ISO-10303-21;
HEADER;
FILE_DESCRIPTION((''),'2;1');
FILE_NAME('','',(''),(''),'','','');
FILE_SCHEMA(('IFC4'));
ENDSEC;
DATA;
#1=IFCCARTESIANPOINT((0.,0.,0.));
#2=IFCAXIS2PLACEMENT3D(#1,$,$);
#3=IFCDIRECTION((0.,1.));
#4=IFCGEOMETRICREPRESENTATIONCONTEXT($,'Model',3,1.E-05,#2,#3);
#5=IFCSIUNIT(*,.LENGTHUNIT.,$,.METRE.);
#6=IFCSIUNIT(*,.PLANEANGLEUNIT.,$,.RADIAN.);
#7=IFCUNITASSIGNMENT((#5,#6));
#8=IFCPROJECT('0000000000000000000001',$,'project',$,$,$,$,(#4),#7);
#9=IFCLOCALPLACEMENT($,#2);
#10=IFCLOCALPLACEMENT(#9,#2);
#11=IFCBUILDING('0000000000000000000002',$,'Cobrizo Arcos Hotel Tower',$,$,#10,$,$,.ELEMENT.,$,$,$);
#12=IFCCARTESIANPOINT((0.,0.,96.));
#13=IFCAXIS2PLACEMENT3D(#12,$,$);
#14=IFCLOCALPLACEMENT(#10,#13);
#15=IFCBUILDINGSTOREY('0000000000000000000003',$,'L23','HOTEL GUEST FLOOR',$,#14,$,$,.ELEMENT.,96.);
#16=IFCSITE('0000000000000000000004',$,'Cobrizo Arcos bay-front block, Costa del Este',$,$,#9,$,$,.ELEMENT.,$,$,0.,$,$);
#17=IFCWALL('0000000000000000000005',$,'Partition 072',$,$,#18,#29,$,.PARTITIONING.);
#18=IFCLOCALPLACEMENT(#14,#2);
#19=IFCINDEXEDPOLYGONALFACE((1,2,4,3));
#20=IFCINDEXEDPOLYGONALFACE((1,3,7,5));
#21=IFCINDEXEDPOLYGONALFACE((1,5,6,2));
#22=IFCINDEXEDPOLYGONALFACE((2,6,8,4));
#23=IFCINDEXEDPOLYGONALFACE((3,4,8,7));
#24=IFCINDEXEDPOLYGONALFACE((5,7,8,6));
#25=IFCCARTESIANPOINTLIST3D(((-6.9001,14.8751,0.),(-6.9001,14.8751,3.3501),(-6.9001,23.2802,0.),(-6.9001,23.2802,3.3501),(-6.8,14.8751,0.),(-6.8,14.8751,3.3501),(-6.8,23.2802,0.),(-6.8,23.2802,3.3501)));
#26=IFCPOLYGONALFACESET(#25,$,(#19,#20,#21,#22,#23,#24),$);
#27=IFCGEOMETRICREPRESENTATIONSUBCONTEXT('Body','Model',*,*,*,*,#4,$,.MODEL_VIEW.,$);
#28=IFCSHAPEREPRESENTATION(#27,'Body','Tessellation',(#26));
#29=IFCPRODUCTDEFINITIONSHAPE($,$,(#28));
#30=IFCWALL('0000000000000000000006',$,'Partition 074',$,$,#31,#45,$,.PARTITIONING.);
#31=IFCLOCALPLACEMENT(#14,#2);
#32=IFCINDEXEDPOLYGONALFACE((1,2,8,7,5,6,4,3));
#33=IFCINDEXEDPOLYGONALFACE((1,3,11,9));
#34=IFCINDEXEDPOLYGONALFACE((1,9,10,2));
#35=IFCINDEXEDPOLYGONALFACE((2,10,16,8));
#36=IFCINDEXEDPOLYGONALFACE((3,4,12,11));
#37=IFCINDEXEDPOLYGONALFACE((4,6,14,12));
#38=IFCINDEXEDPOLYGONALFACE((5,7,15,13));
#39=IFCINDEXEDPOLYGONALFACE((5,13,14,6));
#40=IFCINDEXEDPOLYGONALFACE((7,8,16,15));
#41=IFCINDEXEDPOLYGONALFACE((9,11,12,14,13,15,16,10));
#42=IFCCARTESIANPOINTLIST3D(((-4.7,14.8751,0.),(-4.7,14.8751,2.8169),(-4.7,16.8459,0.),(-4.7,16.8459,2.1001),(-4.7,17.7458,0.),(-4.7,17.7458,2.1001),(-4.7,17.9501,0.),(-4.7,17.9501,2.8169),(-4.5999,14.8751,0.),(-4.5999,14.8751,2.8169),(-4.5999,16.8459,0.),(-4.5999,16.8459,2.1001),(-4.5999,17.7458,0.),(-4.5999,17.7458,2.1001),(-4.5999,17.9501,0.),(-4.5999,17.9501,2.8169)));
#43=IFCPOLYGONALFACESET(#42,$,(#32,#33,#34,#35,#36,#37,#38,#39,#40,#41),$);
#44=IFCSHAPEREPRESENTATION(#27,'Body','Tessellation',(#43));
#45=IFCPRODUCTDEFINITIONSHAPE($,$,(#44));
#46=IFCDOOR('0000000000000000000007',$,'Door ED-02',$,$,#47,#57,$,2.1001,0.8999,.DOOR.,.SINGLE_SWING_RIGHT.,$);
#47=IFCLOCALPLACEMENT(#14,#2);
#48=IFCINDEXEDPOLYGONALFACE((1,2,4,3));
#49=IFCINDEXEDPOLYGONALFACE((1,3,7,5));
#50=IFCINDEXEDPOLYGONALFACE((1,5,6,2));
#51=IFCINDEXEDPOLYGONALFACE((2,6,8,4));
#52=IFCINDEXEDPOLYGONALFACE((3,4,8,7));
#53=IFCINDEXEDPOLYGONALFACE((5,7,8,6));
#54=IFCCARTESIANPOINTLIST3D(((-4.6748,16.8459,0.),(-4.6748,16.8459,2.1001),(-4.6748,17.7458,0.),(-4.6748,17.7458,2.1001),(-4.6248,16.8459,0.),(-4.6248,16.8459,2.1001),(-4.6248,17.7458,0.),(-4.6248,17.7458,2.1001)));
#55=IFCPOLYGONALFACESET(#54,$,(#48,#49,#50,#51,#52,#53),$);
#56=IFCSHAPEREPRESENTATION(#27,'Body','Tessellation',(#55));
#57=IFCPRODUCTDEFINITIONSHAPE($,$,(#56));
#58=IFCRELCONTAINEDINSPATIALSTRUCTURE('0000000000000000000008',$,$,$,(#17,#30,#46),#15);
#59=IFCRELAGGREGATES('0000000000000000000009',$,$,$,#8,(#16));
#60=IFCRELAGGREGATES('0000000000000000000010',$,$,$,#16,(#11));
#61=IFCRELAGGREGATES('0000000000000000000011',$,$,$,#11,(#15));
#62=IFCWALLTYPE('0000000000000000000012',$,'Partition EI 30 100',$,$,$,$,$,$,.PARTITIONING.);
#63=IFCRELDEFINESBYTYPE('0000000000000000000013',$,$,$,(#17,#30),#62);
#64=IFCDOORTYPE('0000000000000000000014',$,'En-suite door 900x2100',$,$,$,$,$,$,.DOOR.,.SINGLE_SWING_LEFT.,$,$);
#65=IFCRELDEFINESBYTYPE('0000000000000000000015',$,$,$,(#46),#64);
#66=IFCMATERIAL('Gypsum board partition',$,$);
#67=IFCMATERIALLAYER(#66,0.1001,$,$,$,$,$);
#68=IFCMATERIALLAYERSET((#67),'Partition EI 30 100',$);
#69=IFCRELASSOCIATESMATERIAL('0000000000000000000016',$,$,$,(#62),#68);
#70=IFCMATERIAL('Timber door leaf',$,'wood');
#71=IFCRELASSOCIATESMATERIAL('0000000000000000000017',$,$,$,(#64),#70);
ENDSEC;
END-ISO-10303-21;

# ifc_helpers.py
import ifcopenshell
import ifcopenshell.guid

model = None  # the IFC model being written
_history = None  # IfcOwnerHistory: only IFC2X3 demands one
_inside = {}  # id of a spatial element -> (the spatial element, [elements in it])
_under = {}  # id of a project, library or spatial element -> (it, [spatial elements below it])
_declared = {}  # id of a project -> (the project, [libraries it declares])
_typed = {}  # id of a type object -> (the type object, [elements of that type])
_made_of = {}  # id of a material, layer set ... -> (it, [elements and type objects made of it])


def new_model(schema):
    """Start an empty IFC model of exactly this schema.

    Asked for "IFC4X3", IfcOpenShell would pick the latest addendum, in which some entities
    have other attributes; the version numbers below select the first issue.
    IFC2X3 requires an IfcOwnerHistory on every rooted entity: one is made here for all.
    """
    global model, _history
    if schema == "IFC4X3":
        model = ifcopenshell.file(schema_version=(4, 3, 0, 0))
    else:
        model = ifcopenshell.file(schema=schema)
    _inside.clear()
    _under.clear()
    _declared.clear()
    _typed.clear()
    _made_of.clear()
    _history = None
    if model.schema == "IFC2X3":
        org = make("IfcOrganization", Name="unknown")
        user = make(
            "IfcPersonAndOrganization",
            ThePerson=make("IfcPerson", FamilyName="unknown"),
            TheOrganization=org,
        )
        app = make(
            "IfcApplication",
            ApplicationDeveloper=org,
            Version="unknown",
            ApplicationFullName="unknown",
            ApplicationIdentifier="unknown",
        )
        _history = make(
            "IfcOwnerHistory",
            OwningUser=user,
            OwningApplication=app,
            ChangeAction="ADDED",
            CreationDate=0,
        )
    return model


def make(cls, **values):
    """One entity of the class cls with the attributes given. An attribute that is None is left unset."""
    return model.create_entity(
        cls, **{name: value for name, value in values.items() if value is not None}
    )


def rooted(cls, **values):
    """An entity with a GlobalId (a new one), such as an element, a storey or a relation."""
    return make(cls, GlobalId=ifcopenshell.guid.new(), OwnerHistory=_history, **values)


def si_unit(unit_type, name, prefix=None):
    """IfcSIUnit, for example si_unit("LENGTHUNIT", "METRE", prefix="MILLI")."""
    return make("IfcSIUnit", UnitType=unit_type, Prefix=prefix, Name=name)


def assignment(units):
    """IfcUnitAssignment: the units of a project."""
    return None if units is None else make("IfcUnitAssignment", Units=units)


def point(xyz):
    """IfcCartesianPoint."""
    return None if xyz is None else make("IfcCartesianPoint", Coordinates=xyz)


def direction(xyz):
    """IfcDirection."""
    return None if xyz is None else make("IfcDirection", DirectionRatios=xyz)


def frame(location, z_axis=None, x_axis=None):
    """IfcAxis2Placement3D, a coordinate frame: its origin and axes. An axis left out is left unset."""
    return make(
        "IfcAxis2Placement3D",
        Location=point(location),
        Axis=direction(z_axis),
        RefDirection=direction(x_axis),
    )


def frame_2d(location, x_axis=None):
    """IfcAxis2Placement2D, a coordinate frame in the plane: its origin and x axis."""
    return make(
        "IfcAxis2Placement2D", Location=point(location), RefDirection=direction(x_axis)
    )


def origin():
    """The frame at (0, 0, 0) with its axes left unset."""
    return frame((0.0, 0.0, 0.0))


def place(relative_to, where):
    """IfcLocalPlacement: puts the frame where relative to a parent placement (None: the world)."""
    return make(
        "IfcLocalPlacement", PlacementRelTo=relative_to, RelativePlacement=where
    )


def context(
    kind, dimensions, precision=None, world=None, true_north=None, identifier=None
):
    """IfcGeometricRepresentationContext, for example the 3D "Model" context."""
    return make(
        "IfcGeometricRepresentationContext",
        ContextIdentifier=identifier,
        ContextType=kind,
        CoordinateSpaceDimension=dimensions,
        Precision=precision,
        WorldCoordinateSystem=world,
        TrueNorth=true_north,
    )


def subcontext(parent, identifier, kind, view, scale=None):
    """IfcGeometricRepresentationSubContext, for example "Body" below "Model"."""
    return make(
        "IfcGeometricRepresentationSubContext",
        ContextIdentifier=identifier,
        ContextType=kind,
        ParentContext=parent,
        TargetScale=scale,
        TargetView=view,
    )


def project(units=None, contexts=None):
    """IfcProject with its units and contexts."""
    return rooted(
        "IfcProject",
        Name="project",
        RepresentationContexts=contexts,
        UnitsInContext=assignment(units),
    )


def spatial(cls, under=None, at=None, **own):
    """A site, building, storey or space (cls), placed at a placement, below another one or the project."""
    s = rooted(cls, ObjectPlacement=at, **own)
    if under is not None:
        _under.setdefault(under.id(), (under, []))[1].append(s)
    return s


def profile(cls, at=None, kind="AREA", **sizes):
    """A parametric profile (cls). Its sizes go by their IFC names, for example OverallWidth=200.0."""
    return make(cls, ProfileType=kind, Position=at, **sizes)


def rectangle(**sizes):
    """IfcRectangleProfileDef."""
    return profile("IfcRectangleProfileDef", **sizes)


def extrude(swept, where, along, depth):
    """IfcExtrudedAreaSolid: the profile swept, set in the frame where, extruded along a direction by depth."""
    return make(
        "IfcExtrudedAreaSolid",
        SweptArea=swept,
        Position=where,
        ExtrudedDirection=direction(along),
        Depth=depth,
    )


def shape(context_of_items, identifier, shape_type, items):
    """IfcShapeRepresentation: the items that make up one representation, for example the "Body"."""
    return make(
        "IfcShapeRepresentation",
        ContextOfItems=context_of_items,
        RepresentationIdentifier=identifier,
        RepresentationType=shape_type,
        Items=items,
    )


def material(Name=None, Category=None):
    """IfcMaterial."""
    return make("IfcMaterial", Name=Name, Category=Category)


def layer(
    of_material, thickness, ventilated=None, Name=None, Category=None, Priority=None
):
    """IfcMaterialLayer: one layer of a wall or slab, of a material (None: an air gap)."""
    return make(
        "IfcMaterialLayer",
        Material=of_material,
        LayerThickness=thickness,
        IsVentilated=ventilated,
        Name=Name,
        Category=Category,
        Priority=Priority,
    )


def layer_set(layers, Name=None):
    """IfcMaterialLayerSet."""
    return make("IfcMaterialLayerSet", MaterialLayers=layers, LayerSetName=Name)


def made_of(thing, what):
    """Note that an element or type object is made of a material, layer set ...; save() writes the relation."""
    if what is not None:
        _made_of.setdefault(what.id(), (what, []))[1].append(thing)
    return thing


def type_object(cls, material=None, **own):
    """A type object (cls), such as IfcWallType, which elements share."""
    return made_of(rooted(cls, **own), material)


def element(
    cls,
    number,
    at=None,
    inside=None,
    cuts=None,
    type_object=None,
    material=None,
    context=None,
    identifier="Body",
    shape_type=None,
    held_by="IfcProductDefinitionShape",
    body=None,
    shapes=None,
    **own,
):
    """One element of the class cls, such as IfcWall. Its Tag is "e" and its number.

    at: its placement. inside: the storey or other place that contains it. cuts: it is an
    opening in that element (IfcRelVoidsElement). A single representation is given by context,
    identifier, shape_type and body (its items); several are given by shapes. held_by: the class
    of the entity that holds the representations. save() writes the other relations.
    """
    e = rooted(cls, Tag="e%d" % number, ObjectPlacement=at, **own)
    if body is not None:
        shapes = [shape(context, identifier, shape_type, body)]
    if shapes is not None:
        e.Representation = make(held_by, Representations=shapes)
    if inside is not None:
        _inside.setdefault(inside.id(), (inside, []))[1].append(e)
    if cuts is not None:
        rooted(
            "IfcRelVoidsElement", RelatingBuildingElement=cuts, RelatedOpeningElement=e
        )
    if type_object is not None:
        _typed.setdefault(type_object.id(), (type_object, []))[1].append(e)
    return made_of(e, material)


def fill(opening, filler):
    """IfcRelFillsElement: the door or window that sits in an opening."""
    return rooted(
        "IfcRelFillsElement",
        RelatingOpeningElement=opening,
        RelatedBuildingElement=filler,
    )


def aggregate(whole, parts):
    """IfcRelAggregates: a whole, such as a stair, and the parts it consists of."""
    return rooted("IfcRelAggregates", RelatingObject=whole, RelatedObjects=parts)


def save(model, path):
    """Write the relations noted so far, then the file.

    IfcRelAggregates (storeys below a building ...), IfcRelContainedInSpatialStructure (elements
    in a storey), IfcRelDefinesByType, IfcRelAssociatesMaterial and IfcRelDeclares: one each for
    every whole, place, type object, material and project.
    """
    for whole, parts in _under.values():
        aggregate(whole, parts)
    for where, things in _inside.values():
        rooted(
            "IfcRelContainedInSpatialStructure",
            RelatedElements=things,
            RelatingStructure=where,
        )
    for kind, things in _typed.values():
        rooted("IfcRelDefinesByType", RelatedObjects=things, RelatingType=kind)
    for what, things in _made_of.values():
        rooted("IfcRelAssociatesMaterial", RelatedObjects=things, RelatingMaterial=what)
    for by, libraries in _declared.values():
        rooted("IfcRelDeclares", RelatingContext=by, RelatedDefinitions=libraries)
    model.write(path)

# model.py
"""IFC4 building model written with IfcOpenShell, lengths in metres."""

from ifc_helpers import new_model, si_unit, direction, frame, frame_2d, origin, place, context, subcontext, project, spatial, rectangle, extrude, material, layer, layer_set, type_object, element, fill, save


model = new_model("IFC4")

# Units and contexts
model_context = context("Model", 3, precision=1e-05, world=origin(), true_north=direction((0.0, 1.0)))
body_context = subcontext(model_context, "Body", "Model", "MODEL_VIEW")
ifc_project = project(units=[si_unit("LENGTHUNIT", "METRE"), si_unit("PLANEANGLEUNIT", "RADIAN")], contexts=[model_context])

# Site, building, storey
site_placement = place(None, origin())
site = spatial("IfcSite", under=ifc_project, at=site_placement, Name="Cobrizo Arcos bay-front block, Costa del Este", CompositionType="ELEMENT", RefElevation=0.0)
building_placement = place(site_placement, origin())
building = spatial("IfcBuilding", under=site, at=building_placement, Name="Cobrizo Arcos Hotel Tower", CompositionType="ELEMENT")
storey_placement = place(building_placement, frame((0.0, 0.0, 96.0)))
storey = spatial("IfcBuildingStorey", under=building, at=storey_placement, Name="L23", Description="HOTEL GUEST FLOOR", CompositionType="ELEMENT", Elevation=96.0)

# Shared definitions
ifc_material_1 = material(Name="Gypsum board partition")

# Shared definitions
ifc_material_2 = material(Name="Timber door leaf", Category="wood")

# Shared definitions
ifc_layer_1 = layer(ifc_material_1, 0.1001)
ifc_layer_set_1 = layer_set([ifc_layer_1], Name="Partition EI 30 100")
wall_type_1 = type_object("IfcWallType", Name="Partition EI 30 100", PredefinedType="PARTITIONING", material=ifc_layer_set_1)

# Shared definitions
door_type_1 = type_object("IfcDoorType", Name="En-suite door 900x2100", OperationType="SINGLE_SWING_LEFT", PredefinedType="DOOR", material=ifc_material_2)

# Wall
wall_1_placement = place(storey_placement, frame((-6.8501, 14.875, 0.0), z_axis=(0.0, 0.0, 1.0), x_axis=(0.0, 1.0, 0.0)))
element("IfcWall", 1, at=wall_1_placement, inside=storey, type_object=wall_type_1, Name="Partition 072", PredefinedType="PARTITIONING", context=body_context, shape_type="SweptSolid", body=[
    extrude(rectangle(XDim=8.405, YDim=0.1001, at=frame_2d((4.2026, 0.0))), origin(), (0.0, 0.0, 1.0), 3.3501),
])

# Wall, opening, door
wall_2_placement = place(storey_placement, frame((-4.6499, 14.875, 0.0), z_axis=(0.0, 0.0, 1.0), x_axis=(0.0, 1.0, 0.0)))
wall_2 = element("IfcWall", 2, at=wall_2_placement, inside=storey, type_object=wall_type_1, Name="Partition 074", PredefinedType="PARTITIONING", context=body_context, shape_type="SweptSolid", body=[
    extrude(rectangle(XDim=3.075, YDim=0.1001, at=frame_2d((1.5376, 0.0))), origin(), (0.0, 0.0, 1.0), 2.8169),
])
opening_1_placement = place(wall_2_placement, frame((1.9709, 0.0, 0.0)))
opening_1 = element("IfcOpeningElement", 3, at=opening_1_placement, cuts=wall_2, PredefinedType="OPENING", context=body_context, shape_type="SweptSolid", body=[
    extrude(rectangle(XDim=0.8999, YDim=2.1001, at=frame_2d((0.45, 1.05))), frame((0.0, 0.062, 0.0), z_axis=(0.0, -1.0, 0.0), x_axis=(1.0, 0.0, 0.0)), (0.0, 0.0, 1.0), 0.124),
])
door_1_placement = place(opening_1_placement, origin())
door_1 = element("IfcDoor", 4, at=door_1_placement, inside=storey, type_object=door_type_1, Name="Door ED-02", OperationType="SINGLE_SWING_RIGHT", OverallHeight=2.1001, OverallWidth=0.8999, PredefinedType="DOOR", context=body_context, shape_type="SweptSolid", body=[
    extrude(rectangle(XDim=0.8999, YDim=2.1001, at=frame_2d((0.45, 1.05))), frame((0.0, 0.0249, 0.0), z_axis=(0.0, -1.0, 0.0), x_axis=(1.0, 0.0, 0.0)), (0.0, 0.0, 1.0), 0.05),
])
fill(opening_1, door_1)

save(model, "model.ifc")
